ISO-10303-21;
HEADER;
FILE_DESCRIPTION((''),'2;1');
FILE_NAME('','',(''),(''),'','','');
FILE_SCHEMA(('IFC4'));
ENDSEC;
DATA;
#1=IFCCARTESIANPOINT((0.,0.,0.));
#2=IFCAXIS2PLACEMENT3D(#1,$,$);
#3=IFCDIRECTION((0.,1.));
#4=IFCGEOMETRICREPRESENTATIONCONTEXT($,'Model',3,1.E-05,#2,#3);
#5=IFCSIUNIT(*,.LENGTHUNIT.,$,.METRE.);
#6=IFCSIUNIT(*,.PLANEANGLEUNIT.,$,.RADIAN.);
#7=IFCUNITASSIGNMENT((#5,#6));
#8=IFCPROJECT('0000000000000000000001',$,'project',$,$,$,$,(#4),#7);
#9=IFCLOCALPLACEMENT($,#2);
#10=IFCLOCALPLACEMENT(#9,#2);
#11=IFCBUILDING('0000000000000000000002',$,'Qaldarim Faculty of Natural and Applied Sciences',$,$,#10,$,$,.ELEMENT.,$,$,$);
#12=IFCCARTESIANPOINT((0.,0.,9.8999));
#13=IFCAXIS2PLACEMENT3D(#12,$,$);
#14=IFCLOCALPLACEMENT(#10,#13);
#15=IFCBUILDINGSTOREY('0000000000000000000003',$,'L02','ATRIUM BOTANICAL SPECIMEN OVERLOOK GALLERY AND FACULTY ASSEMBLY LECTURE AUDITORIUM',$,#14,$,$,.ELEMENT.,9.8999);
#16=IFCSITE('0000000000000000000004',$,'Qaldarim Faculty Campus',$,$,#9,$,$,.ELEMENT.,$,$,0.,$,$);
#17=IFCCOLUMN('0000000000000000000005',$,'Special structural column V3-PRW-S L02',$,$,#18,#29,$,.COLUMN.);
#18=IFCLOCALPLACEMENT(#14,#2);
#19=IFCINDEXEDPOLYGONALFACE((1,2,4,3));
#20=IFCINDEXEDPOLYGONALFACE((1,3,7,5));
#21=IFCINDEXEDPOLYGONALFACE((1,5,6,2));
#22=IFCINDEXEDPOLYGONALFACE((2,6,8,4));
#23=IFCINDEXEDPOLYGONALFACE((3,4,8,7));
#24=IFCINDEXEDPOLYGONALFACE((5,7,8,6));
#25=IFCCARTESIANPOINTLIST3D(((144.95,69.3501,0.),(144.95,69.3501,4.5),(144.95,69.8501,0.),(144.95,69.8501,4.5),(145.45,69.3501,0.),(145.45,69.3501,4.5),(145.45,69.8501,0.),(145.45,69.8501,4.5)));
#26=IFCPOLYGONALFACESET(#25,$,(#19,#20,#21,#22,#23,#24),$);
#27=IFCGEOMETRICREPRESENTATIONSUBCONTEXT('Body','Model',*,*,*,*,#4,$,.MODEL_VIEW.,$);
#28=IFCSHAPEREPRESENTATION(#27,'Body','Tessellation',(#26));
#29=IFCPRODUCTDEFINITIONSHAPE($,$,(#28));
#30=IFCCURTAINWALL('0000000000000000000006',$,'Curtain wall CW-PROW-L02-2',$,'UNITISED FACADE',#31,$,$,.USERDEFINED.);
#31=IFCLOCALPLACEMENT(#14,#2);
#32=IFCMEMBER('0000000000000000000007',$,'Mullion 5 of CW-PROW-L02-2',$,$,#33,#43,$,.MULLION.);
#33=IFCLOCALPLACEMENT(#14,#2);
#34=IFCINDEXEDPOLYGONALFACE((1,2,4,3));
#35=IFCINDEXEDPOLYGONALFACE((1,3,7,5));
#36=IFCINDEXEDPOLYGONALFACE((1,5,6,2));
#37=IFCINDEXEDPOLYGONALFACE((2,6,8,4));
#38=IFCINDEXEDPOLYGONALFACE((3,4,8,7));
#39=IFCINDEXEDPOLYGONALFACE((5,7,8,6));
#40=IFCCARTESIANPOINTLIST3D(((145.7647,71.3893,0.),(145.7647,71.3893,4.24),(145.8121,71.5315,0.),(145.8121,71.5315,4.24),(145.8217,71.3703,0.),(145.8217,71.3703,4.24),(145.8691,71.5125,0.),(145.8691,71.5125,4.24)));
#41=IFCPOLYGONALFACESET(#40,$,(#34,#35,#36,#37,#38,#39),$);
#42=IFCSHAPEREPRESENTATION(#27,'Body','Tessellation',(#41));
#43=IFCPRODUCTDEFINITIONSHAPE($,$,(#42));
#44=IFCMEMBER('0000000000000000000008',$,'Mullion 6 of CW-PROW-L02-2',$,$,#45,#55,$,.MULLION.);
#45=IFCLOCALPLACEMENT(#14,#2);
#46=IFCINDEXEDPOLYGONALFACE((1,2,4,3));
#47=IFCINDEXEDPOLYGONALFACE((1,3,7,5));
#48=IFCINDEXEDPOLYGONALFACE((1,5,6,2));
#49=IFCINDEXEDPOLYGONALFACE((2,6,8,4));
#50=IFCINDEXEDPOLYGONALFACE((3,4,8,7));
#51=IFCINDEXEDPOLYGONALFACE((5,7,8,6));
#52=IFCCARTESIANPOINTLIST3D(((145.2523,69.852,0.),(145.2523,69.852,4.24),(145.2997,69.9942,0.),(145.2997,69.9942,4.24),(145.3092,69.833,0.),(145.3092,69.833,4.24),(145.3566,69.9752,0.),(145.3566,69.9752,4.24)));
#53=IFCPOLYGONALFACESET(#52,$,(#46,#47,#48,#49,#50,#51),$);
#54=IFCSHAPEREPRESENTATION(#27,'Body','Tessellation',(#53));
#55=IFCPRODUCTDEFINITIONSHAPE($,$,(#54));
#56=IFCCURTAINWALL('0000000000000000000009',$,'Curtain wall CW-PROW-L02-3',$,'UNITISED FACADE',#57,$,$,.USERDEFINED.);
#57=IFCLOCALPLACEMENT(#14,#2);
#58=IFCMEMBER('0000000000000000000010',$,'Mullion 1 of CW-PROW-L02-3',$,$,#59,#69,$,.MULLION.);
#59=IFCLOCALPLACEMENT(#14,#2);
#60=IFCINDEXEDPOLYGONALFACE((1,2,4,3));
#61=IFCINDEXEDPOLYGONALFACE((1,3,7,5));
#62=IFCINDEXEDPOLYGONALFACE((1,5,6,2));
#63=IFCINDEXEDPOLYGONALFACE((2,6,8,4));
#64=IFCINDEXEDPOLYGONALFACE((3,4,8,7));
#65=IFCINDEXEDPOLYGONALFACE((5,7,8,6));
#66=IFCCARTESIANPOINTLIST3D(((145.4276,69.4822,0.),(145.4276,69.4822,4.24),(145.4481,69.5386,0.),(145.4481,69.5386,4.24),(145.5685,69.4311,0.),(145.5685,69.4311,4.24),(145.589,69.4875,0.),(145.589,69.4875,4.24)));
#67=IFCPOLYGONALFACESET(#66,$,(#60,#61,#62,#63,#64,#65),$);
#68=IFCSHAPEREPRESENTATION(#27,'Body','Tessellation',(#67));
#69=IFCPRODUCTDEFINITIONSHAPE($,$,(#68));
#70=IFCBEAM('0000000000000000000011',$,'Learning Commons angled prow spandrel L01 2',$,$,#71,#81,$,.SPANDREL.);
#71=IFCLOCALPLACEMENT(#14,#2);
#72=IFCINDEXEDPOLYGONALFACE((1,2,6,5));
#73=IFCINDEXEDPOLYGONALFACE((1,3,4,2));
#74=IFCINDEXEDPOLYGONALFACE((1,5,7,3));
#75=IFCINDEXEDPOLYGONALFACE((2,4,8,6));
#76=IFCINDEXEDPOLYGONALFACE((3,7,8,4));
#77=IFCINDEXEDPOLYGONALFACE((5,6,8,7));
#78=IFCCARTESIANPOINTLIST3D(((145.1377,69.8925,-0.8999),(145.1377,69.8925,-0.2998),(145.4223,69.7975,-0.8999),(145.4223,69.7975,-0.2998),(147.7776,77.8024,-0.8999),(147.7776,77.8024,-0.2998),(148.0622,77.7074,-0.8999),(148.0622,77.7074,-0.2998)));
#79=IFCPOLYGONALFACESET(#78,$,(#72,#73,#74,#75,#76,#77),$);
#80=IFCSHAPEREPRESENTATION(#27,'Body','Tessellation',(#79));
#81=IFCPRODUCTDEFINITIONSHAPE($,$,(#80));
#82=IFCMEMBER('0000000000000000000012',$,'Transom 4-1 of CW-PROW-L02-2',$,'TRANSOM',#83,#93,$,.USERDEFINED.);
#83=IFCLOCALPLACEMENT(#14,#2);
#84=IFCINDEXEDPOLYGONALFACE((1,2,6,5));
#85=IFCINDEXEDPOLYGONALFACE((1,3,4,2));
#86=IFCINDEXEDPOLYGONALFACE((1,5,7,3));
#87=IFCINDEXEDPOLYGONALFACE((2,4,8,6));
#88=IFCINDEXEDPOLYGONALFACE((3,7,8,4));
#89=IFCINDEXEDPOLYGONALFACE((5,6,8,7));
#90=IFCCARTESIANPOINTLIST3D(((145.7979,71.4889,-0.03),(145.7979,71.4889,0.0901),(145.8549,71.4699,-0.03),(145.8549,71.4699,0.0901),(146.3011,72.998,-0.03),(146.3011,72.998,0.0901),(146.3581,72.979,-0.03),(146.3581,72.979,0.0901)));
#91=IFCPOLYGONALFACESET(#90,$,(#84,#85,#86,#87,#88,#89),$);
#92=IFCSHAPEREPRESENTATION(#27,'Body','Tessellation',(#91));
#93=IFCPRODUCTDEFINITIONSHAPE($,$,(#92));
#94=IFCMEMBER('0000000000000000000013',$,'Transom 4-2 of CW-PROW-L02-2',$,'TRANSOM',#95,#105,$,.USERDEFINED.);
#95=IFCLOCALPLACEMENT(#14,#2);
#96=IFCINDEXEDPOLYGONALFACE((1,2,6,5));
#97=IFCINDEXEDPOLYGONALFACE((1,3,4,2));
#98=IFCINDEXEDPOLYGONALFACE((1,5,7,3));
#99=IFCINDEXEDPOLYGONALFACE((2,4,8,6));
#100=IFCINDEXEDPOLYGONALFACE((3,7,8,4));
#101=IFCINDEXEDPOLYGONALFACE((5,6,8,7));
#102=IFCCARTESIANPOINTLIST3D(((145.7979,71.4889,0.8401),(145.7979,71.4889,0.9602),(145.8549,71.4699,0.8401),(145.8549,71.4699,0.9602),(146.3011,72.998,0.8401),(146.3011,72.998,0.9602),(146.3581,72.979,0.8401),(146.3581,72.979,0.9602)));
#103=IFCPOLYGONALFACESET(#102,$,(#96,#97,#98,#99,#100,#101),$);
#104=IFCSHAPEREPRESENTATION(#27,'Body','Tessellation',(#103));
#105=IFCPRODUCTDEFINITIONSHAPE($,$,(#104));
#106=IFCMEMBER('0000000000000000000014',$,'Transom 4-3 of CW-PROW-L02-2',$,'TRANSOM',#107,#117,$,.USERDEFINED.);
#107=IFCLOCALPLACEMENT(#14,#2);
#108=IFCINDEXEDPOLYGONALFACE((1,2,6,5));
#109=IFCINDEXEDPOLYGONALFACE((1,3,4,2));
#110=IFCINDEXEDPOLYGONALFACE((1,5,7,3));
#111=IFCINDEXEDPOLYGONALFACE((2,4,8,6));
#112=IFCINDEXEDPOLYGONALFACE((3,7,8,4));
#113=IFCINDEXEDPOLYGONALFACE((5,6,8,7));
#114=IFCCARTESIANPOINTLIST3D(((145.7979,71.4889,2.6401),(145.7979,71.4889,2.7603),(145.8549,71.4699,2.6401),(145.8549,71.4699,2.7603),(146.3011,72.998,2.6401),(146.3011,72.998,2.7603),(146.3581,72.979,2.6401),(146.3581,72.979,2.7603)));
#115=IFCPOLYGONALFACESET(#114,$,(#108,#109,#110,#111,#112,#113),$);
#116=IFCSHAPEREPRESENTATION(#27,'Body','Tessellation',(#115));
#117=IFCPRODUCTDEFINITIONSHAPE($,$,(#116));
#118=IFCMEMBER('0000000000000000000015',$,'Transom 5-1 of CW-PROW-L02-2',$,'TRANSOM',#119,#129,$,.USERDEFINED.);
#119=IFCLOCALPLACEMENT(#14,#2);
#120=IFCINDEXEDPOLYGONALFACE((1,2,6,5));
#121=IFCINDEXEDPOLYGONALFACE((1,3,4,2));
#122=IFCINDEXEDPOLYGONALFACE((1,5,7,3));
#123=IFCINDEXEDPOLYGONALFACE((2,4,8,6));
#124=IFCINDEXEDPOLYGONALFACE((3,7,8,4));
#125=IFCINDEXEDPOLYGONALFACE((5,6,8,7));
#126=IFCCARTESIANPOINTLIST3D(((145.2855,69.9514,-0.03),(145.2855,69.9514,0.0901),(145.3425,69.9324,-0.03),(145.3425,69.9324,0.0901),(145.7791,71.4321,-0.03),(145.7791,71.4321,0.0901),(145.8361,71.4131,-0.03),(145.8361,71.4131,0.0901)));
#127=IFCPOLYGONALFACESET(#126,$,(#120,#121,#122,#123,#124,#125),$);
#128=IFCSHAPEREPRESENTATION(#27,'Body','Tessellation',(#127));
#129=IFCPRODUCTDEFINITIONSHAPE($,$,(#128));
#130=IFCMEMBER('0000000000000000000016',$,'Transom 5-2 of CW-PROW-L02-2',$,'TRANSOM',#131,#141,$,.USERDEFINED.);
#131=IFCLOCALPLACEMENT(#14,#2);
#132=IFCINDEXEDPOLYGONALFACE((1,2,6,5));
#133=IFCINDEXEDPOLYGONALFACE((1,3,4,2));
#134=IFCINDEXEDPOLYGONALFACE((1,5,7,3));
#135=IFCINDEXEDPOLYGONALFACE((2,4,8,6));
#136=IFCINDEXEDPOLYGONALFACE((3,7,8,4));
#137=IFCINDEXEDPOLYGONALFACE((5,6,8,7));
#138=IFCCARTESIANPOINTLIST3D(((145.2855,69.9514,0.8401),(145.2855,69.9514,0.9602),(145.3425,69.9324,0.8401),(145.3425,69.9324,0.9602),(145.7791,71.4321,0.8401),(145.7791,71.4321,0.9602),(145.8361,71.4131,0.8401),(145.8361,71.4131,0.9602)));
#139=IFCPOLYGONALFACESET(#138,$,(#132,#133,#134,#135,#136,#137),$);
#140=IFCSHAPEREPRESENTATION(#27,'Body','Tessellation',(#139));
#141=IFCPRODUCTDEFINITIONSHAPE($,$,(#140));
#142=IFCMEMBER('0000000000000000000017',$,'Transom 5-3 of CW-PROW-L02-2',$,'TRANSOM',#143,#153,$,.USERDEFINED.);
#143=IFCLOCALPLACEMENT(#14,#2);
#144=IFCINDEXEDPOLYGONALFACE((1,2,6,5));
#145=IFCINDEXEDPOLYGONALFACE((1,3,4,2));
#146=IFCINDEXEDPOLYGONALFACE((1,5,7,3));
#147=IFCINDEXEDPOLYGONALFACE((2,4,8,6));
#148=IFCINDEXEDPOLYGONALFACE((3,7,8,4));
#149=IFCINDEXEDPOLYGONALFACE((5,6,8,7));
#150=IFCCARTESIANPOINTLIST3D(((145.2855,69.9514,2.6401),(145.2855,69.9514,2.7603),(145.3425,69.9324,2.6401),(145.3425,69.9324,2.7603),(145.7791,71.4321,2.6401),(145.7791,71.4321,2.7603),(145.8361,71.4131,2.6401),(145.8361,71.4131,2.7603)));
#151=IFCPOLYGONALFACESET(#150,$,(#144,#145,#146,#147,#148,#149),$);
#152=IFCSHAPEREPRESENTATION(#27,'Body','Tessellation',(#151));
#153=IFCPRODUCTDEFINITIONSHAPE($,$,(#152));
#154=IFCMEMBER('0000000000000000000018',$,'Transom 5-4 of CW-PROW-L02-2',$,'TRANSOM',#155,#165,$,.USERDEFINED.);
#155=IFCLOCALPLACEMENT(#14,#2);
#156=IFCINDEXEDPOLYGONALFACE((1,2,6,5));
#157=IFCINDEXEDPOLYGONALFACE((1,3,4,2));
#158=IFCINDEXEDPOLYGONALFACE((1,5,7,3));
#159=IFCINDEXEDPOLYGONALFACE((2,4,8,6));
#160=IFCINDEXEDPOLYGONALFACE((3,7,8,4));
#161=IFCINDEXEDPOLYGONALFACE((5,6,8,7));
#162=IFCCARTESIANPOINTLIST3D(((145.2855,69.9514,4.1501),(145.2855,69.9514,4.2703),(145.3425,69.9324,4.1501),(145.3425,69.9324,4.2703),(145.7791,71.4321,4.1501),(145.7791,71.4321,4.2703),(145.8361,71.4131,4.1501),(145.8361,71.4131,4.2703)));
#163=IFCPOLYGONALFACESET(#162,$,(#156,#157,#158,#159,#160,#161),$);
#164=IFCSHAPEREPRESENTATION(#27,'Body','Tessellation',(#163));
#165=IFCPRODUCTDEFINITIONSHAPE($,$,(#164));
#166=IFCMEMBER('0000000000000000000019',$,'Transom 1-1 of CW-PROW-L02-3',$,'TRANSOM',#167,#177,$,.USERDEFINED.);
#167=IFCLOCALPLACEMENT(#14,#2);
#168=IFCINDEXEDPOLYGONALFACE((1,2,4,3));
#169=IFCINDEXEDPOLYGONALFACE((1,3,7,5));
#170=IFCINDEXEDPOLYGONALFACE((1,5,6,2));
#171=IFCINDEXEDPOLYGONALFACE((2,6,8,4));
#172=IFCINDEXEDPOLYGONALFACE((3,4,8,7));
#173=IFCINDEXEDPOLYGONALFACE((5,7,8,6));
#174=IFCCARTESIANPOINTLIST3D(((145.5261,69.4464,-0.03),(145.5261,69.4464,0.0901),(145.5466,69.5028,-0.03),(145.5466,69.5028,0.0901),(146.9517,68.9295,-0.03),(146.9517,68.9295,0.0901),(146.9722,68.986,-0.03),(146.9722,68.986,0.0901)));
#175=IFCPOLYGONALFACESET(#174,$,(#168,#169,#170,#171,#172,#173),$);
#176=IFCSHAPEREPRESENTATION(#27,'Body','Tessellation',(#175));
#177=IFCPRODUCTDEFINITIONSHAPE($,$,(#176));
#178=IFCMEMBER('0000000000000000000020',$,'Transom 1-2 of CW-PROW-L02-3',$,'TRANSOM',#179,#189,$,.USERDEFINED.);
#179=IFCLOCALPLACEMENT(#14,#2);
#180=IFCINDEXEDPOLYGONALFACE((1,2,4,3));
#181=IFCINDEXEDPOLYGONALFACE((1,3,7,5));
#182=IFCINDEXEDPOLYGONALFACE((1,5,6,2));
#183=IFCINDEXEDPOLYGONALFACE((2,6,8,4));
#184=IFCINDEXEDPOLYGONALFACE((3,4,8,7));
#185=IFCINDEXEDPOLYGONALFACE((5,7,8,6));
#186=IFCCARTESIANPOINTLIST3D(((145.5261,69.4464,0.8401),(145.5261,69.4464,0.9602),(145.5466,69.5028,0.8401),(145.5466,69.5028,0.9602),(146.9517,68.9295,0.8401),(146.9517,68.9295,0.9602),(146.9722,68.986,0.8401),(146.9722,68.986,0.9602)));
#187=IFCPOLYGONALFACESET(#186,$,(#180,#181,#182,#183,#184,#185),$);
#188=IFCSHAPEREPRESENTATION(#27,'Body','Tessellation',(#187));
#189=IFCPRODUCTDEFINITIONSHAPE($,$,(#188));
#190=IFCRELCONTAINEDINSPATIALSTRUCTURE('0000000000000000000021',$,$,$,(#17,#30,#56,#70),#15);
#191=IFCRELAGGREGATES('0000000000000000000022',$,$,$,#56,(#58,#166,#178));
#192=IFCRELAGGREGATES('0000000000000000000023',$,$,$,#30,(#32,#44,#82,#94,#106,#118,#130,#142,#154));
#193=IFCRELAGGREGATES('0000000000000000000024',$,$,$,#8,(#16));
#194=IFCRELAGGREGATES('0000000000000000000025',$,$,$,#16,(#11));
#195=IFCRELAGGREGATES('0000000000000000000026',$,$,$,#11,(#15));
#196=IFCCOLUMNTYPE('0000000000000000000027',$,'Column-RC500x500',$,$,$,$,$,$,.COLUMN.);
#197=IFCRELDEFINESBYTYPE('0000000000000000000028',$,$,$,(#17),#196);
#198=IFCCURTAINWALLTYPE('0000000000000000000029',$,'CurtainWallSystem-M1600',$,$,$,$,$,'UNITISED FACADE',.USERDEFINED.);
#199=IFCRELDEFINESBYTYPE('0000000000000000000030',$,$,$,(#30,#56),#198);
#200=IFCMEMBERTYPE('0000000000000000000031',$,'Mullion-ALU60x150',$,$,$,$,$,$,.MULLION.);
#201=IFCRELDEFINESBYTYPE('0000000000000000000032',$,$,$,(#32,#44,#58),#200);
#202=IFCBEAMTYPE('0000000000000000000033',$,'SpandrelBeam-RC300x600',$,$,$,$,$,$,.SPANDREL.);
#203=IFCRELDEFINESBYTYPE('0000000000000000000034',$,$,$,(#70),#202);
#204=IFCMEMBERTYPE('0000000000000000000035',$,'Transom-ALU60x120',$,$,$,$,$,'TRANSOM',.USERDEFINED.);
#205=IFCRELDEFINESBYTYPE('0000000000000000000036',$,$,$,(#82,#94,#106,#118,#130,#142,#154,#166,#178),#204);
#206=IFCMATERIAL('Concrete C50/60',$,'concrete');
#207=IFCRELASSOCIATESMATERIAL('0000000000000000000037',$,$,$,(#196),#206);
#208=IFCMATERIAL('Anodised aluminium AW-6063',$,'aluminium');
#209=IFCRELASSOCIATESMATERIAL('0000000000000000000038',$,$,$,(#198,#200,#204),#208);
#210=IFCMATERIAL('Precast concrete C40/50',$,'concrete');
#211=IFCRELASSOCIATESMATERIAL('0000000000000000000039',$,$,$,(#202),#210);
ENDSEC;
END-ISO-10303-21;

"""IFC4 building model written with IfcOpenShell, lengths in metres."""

from ifc_helpers import new_model, si_unit, direction, frame, origin, origin_2d, place, context, subcontext, project, spatial, rectangle, extrude, material, material_profile, profile_set, type_object, element, aggregate, save


model = new_model("IFC4")

# Units and contexts
model_context = context("Model", 3, precision=1e-05, world=origin(), true_north=direction((0.0, 1.0)))
body_context = subcontext(model_context, "Body", "Model", "MODEL_VIEW")
ifc_project = project(units=[si_unit("LENGTHUNIT", "METRE"), si_unit("PLANEANGLEUNIT", "RADIAN")], contexts=[model_context])

# Site, building, storey
site_placement = place(None, origin())
site = spatial("IfcSite", under=ifc_project, at=site_placement, Name="Qaldarim Faculty Campus", CompositionType="ELEMENT", RefElevation=0.0)
building_placement = place(site_placement, origin())
building = spatial("IfcBuilding", under=site, at=building_placement, Name="Qaldarim Faculty of Natural and Applied Sciences", CompositionType="ELEMENT")
storey_placement = place(building_placement, frame((0.0, 0.0, 9.8999)))
storey = spatial("IfcBuildingStorey", under=building, at=storey_placement, Name="L02", Description="ATRIUM BOTANICAL SPECIMEN OVERLOOK GALLERY AND FACULTY ASSEMBLY LECTURE AUDITORIUM", CompositionType="ELEMENT", Elevation=9.8999)

# Column
ifc_material_1 = material(Name="Concrete C50/60", Category="concrete")
ifc_material_profile_1 = material_profile(ifc_material_1, rectangle(XDim=0.5, YDim=0.5, at=origin_2d()), Name="RC-C500x500")
ifc_profile_set_1 = profile_set([ifc_material_profile_1], Name="Concrete C50/60")
column_type = type_object("IfcColumnType", Name="Column-RC500x500", PredefinedType="COLUMN", material=ifc_profile_set_1)
column_placement = place(storey_placement, frame((145.2, 69.6001, 0.0), z_axis=(0.0, 0.0, 1.0), x_axis=(1.0, 0.0, 0.0)))
element("IfcColumn", 1, at=column_placement, inside=storey, type_object=column_type, Name="Special structural column V3-PRW-S L02", PredefinedType="COLUMN", context=body_context, shape_type="SweptSolid", body=[
    extrude(rectangle(XDim=0.5, YDim=0.5, at=origin_2d()), origin(), (0.0, 0.0, 1.0), 4.5),
])

# Curtain wall, members
ifc_material_2 = material(Name="Anodised aluminium AW-6063", Category="aluminium")
curtain_wall_type = type_object("IfcCurtainWallType", Name="CurtainWallSystem-M1600", ElementType="UNITISED FACADE", PredefinedType="USERDEFINED", material=ifc_material_2)
curtain_wall_1_placement = place(storey_placement, origin())
curtain_wall_1 = element("IfcCurtainWall", 2, at=curtain_wall_1_placement, inside=storey, type_object=curtain_wall_type, Name="Curtain wall CW-PROW-L02-2", ObjectType="UNITISED FACADE", PredefinedType="USERDEFINED")
ifc_material_profile_2 = material_profile(ifc_material_2, rectangle(XDim=0.0601, YDim=0.1499, at=origin_2d()), Name="ALU-M60x150")
ifc_profile_set_2 = profile_set([ifc_material_profile_2], Name="Anodised aluminium AW-6063")
member_type_1 = type_object("IfcMemberType", Name="Mullion-ALU60x150", PredefinedType="MULLION", material=ifc_profile_set_2)
member_1_placement = place(storey_placement, frame((145.8169, 71.4509, 0.0), z_axis=(0.0, 0.0, 1.0), x_axis=(0.948683, -0.316229, 0.0)))
member_1 = element("IfcMember", 3, at=member_1_placement, type_object=member_type_1, Name="Mullion 5 of CW-PROW-L02-2", PredefinedType="MULLION", context=body_context, shape_type="SweptSolid", body=[
    extrude(rectangle(XDim=0.0601, YDim=0.1499, at=origin_2d()), origin(), (0.0, 0.0, 1.0), 4.24),
])
member_2_placement = place(storey_placement, frame((145.3044, 69.9136, 0.0), z_axis=(0.0, 0.0, 1.0), x_axis=(0.948683, -0.316229, 0.0)))
member_2 = element("IfcMember", 4, at=member_2_placement, type_object=member_type_1, Name="Mullion 6 of CW-PROW-L02-2", PredefinedType="MULLION", context=body_context, shape_type="SweptSolid", body=[
    extrude(rectangle(XDim=0.0601, YDim=0.1499, at=origin_2d()), origin(), (0.0, 0.0, 1.0), 4.24),
])

# Curtain wall, member
curtain_wall_2_placement = place(storey_placement, origin())
curtain_wall_2 = element("IfcCurtainWall", 5, at=curtain_wall_2_placement, inside=storey, type_object=curtain_wall_type, Name="Curtain wall CW-PROW-L02-3", ObjectType="UNITISED FACADE", PredefinedType="USERDEFINED")
member_3_placement = place(storey_placement, frame((145.5083, 69.4849, 0.0), z_axis=(0.0, 0.0, 1.0), x_axis=(0.340872, 0.94011, 0.0)))
member_3 = element("IfcMember", 6, at=member_3_placement, type_object=member_type_1, Name="Mullion 1 of CW-PROW-L02-3", PredefinedType="MULLION", context=body_context, shape_type="SweptSolid", body=[
    extrude(rectangle(XDim=0.0601, YDim=0.1499, at=origin_2d()), origin(), (0.0, 0.0, 1.0), 4.24),
])

# Beam
ifc_material_3 = material(Name="Precast concrete C40/50", Category="concrete")
ifc_material_profile_3 = material_profile(ifc_material_3, rectangle(XDim=0.3, YDim=0.6001, at=origin_2d()), Name="RC-SP300x600")
ifc_profile_set_3 = profile_set([ifc_material_profile_3], Name="Precast concrete C40/50")
beam_type = type_object("IfcBeamType", Name="SpandrelBeam-RC300x600", PredefinedType="SPANDREL", material=ifc_profile_set_3)
beam_placement = place(storey_placement, frame((145.28, 69.845, -0.5999), z_axis=(0.316579, 0.948566, 0.0), x_axis=(-0.948566, 0.316579, 0.0)))
element("IfcBeam", 7, at=beam_placement, inside=storey, type_object=beam_type, Name="Learning Commons angled prow spandrel L01 2", PredefinedType="SPANDREL", context=body_context, shape_type="SweptSolid", body=[
    extrude(rectangle(XDim=0.3, YDim=0.6001, at=origin_2d()), origin(), (0.0, 0.0, 1.0), 8.3389),
])

# Members
ifc_material_profile_4 = material_profile(ifc_material_2, rectangle(XDim=0.0601, YDim=0.1201, at=origin_2d()), Name="ALU-T60x120")
ifc_profile_set_4 = profile_set([ifc_material_profile_4], Name="Anodised aluminium AW-6063")
member_type_2 = type_object("IfcMemberType", Name="Transom-ALU60x120", ElementType="TRANSOM", PredefinedType="USERDEFINED", material=ifc_profile_set_4)
member_4_placement = place(storey_placement, frame((146.3296, 72.9885, 0.03), z_axis=(-0.31632, -0.948653, 0.0), x_axis=(0.948653, -0.31632, 0.0)))
member_4 = element("IfcMember", 8, at=member_4_placement, type_object=member_type_2, Name="Transom 4-1 of CW-PROW-L02-2", ObjectType="TRANSOM", PredefinedType="USERDEFINED", context=body_context, shape_type="SweptSolid", body=[
    extrude(rectangle(XDim=0.0601, YDim=0.1201, at=origin_2d()), origin(), (0.0, 0.0, 1.0), 1.5908),
])
member_5_placement = place(storey_placement, frame((146.3296, 72.9885, 0.9001), z_axis=(-0.31632, -0.948653, 0.0), x_axis=(0.948653, -0.31632, 0.0)))
member_5 = element("IfcMember", 9, at=member_5_placement, type_object=member_type_2, Name="Transom 4-2 of CW-PROW-L02-2", ObjectType="TRANSOM", PredefinedType="USERDEFINED", context=body_context, shape_type="SweptSolid", body=[
    extrude(rectangle(XDim=0.0601, YDim=0.1201, at=origin_2d()), origin(), (0.0, 0.0, 1.0), 1.5908),
])
member_6_placement = place(storey_placement, frame((146.3296, 72.9885, 2.7002), z_axis=(-0.31632, -0.948653, 0.0), x_axis=(0.948653, -0.31632, 0.0)))
member_6 = element("IfcMember", 10, at=member_6_placement, type_object=member_type_2, Name="Transom 4-3 of CW-PROW-L02-2", ObjectType="TRANSOM", PredefinedType="USERDEFINED", context=body_context, shape_type="SweptSolid", body=[
    extrude(rectangle(XDim=0.0601, YDim=0.1201, at=origin_2d()), origin(), (0.0, 0.0, 1.0), 1.5908),
])
member_7_placement = place(storey_placement, frame((145.8076, 71.4226, 0.03), z_axis=(-0.316275, -0.948668, 0.0), x_axis=(0.948668, -0.316275, 0.0)))
member_7 = element("IfcMember", 11, at=member_7_placement, type_object=member_type_2, Name="Transom 5-1 of CW-PROW-L02-2", ObjectType="TRANSOM", PredefinedType="USERDEFINED", context=body_context, shape_type="SweptSolid", body=[
    extrude(rectangle(XDim=0.0601, YDim=0.1201, at=origin_2d()), origin(), (0.0, 0.0, 1.0), 1.5608),
])
member_8_placement = place(storey_placement, frame((145.8076, 71.4226, 0.9001), z_axis=(-0.316275, -0.948668, 0.0), x_axis=(0.948668, -0.316275, 0.0)))
member_8 = element("IfcMember", 12, at=member_8_placement, type_object=member_type_2, Name="Transom 5-2 of CW-PROW-L02-2", ObjectType="TRANSOM", PredefinedType="USERDEFINED", context=body_context, shape_type="SweptSolid", body=[
    extrude(rectangle(XDim=0.0601, YDim=0.1201, at=origin_2d()), origin(), (0.0, 0.0, 1.0), 1.5608),
])
member_9_placement = place(storey_placement, frame((145.8076, 71.4226, 2.7002), z_axis=(-0.316275, -0.948668, 0.0), x_axis=(0.948668, -0.316275, 0.0)))
member_9 = element("IfcMember", 13, at=member_9_placement, type_object=member_type_2, Name="Transom 5-3 of CW-PROW-L02-2", ObjectType="TRANSOM", PredefinedType="USERDEFINED", context=body_context, shape_type="SweptSolid", body=[
    extrude(rectangle(XDim=0.0601, YDim=0.1201, at=origin_2d()), origin(), (0.0, 0.0, 1.0), 1.5608),
])
member_10_placement = place(storey_placement, frame((145.8076, 71.4226, 4.2102), z_axis=(-0.316275, -0.948668, 0.0), x_axis=(0.948668, -0.316275, 0.0)))
member_10 = element("IfcMember", 14, at=member_10_placement, type_object=member_type_2, Name="Transom 5-4 of CW-PROW-L02-2", ObjectType="TRANSOM", PredefinedType="USERDEFINED", context=body_context, shape_type="SweptSolid", body=[
    extrude(rectangle(XDim=0.0601, YDim=0.1201, at=origin_2d()), origin(), (0.0, 0.0, 1.0), 1.5608),
])
member_11_placement = place(storey_placement, frame((145.5364, 69.4746, 0.03), z_axis=(0.940117, -0.340851, 0.0), x_axis=(0.340851, 0.940117, 0.0)))
member_11 = element("IfcMember", 15, at=member_11_placement, type_object=member_type_2, Name="Transom 1-1 of CW-PROW-L02-3", ObjectType="TRANSOM", PredefinedType="USERDEFINED", context=body_context, shape_type="SweptSolid", body=[
    extrude(rectangle(XDim=0.0601, YDim=0.1201, at=origin_2d()), origin(), (0.0, 0.0, 1.0), 1.5164),
])
member_12_placement = place(storey_placement, frame((145.5364, 69.4746, 0.9001), z_axis=(0.940117, -0.340851, 0.0), x_axis=(0.340851, 0.940117, 0.0)))
member_12 = element("IfcMember", 16, at=member_12_placement, type_object=member_type_2, Name="Transom 1-2 of CW-PROW-L02-3", ObjectType="TRANSOM", PredefinedType="USERDEFINED", context=body_context, shape_type="SweptSolid", body=[
    extrude(rectangle(XDim=0.0601, YDim=0.1201, at=origin_2d()), origin(), (0.0, 0.0, 1.0), 1.5164),
])
aggregate(curtain_wall_2, [member_3, member_11, member_12])

aggregate(curtain_wall_1, [member_1, member_2, member_4, member_5, member_6, member_7, member_8, member_9, member_10])

save(model, "model.ifc")
